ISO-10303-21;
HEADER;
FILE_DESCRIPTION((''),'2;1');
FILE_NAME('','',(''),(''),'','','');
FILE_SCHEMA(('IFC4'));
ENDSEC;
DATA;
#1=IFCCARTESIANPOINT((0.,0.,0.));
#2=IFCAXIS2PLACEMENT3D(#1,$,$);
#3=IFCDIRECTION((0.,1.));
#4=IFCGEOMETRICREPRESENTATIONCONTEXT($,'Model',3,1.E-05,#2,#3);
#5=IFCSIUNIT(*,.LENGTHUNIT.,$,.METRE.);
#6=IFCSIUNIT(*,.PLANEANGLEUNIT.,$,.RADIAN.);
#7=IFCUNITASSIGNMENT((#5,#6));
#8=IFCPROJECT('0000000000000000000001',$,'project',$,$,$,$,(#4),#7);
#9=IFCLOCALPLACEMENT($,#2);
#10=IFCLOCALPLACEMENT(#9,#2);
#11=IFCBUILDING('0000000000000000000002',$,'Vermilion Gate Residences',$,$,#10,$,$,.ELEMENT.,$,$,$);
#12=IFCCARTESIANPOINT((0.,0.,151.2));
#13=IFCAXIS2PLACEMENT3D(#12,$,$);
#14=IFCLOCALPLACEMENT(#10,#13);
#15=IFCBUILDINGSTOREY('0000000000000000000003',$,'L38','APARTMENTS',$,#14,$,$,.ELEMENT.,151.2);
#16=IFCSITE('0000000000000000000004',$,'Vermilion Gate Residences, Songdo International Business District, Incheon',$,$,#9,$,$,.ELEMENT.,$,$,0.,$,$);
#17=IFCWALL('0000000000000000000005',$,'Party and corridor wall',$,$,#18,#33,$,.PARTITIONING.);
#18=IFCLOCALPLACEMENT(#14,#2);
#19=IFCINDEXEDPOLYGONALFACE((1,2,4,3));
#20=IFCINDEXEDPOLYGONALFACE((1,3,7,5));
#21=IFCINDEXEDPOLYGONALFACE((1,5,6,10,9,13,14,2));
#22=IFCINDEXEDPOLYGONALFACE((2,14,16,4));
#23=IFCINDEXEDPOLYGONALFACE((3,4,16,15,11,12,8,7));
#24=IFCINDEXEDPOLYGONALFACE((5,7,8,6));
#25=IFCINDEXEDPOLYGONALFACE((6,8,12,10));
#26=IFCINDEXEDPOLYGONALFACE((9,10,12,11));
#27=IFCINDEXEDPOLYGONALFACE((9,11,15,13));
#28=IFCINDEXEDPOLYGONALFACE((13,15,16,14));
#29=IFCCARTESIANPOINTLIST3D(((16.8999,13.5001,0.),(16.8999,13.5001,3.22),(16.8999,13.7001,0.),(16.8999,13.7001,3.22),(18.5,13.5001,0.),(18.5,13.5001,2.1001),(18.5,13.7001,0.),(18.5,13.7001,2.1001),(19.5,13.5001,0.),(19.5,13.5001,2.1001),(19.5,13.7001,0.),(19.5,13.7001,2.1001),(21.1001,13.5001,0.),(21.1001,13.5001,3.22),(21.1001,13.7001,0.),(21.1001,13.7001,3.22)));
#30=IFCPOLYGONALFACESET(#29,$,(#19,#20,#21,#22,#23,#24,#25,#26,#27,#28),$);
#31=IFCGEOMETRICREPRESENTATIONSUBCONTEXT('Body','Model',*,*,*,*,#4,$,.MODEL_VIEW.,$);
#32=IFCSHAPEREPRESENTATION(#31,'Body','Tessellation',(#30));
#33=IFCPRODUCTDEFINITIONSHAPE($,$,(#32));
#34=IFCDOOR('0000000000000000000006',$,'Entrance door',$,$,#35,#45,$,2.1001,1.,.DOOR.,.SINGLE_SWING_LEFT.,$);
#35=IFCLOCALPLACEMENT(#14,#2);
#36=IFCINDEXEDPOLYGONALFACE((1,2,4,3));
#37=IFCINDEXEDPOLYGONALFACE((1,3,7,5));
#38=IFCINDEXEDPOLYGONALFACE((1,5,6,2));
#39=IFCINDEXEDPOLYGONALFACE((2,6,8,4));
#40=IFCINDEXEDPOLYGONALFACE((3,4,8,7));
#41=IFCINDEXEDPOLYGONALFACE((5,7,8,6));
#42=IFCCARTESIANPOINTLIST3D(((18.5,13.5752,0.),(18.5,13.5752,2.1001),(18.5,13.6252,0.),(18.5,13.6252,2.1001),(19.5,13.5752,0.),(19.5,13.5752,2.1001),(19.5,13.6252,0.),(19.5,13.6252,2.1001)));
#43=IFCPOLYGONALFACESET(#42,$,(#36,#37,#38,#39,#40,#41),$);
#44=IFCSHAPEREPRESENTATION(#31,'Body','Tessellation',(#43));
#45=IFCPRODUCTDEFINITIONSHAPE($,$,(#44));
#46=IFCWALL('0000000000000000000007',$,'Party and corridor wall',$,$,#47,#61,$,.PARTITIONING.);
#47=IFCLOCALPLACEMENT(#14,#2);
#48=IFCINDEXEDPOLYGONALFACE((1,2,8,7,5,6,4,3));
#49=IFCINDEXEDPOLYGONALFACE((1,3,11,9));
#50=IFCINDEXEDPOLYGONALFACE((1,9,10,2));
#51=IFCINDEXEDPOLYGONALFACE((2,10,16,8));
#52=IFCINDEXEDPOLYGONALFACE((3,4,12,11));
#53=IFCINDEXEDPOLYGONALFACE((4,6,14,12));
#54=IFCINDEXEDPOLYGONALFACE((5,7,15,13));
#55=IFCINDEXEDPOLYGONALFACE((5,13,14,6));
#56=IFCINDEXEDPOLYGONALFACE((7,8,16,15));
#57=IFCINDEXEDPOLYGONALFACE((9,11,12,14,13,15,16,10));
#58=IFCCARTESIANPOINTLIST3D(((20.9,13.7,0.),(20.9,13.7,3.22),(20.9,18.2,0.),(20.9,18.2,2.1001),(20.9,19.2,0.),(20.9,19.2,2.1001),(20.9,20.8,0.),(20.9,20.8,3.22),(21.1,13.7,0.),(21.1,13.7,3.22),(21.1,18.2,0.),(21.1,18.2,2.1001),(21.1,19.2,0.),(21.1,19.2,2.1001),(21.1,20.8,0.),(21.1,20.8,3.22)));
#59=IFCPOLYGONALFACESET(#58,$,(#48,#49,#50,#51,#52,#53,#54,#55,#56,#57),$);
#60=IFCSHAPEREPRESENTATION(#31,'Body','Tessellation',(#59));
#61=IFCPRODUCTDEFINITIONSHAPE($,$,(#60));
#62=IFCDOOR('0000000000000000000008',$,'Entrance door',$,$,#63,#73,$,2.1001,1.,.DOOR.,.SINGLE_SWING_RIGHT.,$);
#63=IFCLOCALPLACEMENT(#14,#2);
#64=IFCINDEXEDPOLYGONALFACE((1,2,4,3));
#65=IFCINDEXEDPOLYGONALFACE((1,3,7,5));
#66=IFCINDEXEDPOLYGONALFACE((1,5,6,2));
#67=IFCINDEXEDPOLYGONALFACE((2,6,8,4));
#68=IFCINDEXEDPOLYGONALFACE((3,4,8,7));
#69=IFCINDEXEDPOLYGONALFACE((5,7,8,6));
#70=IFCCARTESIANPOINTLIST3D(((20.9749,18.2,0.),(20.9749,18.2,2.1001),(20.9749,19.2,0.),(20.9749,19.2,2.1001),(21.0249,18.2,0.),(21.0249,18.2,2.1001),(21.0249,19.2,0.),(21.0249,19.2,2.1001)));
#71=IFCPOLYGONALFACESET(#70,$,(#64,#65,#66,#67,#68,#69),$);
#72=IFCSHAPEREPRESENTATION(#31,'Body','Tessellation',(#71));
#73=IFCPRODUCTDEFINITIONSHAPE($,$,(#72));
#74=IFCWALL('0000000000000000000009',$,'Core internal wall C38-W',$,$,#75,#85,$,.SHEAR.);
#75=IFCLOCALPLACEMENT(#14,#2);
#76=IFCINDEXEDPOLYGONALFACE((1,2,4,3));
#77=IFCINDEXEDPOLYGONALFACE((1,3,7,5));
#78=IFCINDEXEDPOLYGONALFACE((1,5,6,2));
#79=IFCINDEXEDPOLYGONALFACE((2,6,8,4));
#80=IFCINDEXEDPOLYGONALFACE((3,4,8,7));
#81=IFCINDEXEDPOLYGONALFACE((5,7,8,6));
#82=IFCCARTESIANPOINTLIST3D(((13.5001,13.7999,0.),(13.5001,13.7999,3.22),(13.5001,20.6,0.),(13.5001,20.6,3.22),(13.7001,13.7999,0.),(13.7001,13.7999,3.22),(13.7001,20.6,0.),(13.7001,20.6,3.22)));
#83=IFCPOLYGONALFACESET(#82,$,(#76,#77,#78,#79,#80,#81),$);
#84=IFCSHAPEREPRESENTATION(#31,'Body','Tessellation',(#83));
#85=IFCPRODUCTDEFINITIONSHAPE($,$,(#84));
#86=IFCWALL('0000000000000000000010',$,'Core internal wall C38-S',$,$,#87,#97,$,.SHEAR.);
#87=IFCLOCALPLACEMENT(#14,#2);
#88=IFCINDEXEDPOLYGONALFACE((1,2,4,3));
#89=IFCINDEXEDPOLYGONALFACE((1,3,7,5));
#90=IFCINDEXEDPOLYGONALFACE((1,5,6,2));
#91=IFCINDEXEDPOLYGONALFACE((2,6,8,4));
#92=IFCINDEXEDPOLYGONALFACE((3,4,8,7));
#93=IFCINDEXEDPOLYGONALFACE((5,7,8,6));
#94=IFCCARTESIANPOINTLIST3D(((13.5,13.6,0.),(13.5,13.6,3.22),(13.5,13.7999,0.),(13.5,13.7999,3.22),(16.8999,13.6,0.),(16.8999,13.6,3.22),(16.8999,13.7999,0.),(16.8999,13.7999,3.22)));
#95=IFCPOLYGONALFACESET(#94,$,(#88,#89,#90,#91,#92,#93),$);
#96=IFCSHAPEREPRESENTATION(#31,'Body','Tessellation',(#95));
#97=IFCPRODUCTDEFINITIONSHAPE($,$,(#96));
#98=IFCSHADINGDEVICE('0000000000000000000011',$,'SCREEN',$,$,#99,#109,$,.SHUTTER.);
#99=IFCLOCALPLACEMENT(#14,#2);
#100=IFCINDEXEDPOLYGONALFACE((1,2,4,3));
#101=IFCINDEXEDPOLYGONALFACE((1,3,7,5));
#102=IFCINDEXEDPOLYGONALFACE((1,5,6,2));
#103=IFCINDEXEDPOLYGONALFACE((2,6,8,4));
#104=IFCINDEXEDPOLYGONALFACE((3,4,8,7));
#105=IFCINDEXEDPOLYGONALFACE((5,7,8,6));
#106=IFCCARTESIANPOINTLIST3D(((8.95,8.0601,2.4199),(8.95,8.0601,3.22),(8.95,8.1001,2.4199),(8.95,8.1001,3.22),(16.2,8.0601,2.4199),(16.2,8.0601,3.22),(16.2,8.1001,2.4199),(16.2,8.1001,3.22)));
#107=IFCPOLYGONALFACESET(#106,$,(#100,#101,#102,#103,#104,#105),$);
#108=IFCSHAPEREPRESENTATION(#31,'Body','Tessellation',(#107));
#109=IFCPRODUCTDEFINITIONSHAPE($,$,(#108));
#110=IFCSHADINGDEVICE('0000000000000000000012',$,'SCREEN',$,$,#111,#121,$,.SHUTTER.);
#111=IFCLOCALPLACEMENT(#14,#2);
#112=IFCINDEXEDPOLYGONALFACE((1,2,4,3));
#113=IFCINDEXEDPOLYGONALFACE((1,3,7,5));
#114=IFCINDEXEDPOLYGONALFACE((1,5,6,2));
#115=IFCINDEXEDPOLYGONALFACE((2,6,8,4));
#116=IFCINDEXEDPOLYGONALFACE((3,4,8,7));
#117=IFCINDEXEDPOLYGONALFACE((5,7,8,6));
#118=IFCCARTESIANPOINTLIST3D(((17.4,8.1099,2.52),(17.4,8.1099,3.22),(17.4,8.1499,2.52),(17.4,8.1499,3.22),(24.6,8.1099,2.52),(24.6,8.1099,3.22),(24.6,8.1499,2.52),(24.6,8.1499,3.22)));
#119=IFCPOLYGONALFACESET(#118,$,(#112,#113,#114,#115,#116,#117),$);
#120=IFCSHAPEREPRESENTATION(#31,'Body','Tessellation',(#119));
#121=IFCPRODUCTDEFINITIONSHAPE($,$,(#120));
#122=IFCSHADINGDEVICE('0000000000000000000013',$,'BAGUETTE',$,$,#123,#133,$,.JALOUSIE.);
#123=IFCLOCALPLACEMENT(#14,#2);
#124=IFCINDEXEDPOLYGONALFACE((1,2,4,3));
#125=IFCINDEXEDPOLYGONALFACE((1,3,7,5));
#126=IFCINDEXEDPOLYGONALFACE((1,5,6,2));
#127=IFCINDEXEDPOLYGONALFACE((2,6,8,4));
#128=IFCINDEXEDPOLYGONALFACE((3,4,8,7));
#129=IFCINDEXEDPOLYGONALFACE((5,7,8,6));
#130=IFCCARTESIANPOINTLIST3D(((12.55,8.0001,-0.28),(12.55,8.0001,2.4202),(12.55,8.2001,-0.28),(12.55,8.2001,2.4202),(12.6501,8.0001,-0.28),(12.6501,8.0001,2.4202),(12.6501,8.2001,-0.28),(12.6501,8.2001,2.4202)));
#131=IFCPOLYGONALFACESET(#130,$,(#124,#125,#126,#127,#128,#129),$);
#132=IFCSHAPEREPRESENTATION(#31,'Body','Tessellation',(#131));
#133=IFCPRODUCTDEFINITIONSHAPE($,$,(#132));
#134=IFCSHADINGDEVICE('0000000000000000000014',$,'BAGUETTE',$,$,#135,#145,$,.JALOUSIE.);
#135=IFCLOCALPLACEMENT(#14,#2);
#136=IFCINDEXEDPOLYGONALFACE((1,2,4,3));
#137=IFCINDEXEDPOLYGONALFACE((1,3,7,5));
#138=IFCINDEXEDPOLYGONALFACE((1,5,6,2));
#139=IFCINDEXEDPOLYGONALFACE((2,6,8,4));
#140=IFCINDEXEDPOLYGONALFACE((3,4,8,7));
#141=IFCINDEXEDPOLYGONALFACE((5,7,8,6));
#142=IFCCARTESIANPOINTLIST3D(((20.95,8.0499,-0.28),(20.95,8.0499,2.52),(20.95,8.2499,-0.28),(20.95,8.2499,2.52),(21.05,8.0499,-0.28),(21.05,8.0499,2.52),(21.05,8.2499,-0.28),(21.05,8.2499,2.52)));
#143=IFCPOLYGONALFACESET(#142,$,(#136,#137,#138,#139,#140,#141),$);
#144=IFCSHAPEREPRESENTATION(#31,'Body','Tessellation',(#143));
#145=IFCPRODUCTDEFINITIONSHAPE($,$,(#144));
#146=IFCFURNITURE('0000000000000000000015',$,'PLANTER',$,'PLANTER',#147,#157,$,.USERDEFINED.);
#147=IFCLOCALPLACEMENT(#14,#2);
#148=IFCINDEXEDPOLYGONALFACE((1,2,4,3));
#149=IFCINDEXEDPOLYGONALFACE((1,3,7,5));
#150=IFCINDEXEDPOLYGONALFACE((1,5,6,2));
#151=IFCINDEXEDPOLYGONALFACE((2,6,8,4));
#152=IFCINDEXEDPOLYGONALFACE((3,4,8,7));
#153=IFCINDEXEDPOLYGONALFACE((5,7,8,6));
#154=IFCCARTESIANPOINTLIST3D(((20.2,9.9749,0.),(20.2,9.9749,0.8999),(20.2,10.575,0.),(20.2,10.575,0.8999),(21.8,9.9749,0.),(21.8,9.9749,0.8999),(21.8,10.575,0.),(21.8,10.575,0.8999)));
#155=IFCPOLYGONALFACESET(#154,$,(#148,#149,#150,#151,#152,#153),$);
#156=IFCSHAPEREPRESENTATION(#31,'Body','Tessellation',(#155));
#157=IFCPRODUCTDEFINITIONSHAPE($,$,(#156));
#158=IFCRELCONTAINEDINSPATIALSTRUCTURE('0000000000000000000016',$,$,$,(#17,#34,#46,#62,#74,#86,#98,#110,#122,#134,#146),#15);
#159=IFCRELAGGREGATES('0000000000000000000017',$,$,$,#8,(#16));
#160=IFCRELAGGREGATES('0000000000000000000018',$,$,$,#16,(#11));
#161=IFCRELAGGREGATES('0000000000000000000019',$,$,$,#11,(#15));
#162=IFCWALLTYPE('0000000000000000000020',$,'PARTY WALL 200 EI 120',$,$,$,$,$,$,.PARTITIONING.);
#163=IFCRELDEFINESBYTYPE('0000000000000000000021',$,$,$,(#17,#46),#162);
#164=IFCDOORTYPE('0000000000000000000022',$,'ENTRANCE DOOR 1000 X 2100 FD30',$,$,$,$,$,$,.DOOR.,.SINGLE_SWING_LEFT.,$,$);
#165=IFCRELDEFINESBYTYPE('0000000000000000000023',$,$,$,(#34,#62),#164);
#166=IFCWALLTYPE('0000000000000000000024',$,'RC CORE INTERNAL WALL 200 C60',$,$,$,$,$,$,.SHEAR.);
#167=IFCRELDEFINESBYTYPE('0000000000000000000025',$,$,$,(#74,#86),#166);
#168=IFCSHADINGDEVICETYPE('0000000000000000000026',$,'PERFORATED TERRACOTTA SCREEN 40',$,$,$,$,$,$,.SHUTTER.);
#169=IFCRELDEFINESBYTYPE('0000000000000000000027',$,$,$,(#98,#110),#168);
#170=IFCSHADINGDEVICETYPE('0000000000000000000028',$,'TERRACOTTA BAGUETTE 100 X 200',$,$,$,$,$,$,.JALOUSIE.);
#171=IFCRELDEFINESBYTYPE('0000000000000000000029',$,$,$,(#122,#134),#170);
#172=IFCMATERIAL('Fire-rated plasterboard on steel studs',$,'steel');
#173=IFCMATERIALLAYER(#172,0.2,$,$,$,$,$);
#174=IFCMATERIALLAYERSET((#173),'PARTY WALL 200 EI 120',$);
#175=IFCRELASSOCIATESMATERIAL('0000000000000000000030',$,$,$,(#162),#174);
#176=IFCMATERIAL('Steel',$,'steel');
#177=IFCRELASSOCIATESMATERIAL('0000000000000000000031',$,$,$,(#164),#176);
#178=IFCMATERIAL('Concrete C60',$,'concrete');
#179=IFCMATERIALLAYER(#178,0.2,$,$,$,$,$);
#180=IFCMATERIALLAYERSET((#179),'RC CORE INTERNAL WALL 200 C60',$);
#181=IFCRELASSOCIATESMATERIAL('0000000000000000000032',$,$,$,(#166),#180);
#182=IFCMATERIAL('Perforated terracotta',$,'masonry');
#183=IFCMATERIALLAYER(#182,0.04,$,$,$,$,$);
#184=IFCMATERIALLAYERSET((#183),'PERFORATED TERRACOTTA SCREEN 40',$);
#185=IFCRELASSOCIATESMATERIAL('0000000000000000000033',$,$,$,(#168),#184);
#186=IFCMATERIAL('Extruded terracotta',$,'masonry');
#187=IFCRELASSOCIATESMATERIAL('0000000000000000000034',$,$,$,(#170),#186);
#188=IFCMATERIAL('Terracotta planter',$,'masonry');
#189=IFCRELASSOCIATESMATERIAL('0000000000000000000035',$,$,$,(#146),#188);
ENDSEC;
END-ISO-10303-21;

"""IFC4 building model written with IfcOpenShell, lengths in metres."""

from ifc_helpers import new_model, si_unit, direction, frame, frame_2d, origin, origin_2d, place, context, subcontext, project, spatial, rectangle, extrude, material, layer, layer_set, material_profile, profile_set, type_object, element, fill, save


model = new_model("IFC4")

# Units and contexts
model_context = context("Model", 3, precision=1e-05, world=origin(), true_north=direction((0.0, 1.0)))
body_context = subcontext(model_context, "Body", "Model", "MODEL_VIEW")
ifc_project = project(units=[si_unit("LENGTHUNIT", "METRE"), si_unit("PLANEANGLEUNIT", "RADIAN")], contexts=[model_context])

# Site, building, storey
site_placement = place(None, origin())
site = spatial("IfcSite", under=ifc_project, at=site_placement, Name="Vermilion Gate Residences, Songdo International Business District, Incheon", CompositionType="ELEMENT", RefElevation=0.0)
building_placement = place(site_placement, origin())
building = spatial("IfcBuilding", under=site, at=building_placement, Name="Vermilion Gate Residences", CompositionType="ELEMENT")
storey_placement = place(building_placement, frame((0.0, 0.0, 151.2)))
storey = spatial("IfcBuildingStorey", under=building, at=storey_placement, Name="L38", Description="APARTMENTS", CompositionType="ELEMENT", Elevation=151.2)

# Walls, openings, doors
ifc_material_1 = material(Name="Fire-rated plasterboard on steel studs", Category="steel")
ifc_layer_1 = layer(ifc_material_1, 0.2)
ifc_layer_set_1 = layer_set([ifc_layer_1], Name="PARTY WALL 200 EI 120")
wall_type_1 = type_object("IfcWallType", Name="PARTY WALL 200 EI 120", PredefinedType="PARTITIONING", material=ifc_layer_set_1)
wall_1_placement = place(storey_placement, frame((16.8999, 13.6001, 0.0), z_axis=(0.0, 0.0, 1.0), x_axis=(1.0, 0.0, 0.0)))
wall_1 = element("IfcWall", 1, at=wall_1_placement, inside=storey, type_object=wall_type_1, Name="Party and corridor wall", PredefinedType="PARTITIONING", context=body_context, shape_type="SweptSolid", body=[
    extrude(rectangle(XDim=4.2002, YDim=0.2, at=frame_2d((2.1001, 0.0))), origin(), (0.0, 0.0, 1.0), 3.22),
])
opening_1_placement = place(wall_1_placement, frame((1.6001, 0.0, 0.0)))
opening_1 = element("IfcOpeningElement", 2, at=opening_1_placement, cuts=wall_1, PredefinedType="OPENING", context=body_context, shape_type="SweptSolid", body=[
    extrude(rectangle(XDim=1.0, YDim=2.1001, at=frame_2d((0.5, 1.05))), frame((0.0, 0.1099, 0.0), z_axis=(0.0, -1.0, 0.0), x_axis=(1.0, 0.0, 0.0)), (0.0, 0.0, 1.0), 0.22),
])
ifc_material_2 = material(Name="Steel", Category="steel")
door_type_1 = type_object("IfcDoorType", Name="ENTRANCE DOOR 1000 X 2100 FD30", OperationType="SINGLE_SWING_LEFT", PredefinedType="DOOR", material=ifc_material_2)
door_1_placement = place(opening_1_placement, frame((1.0, 0.0, 0.0), z_axis=(0.0, 0.0, 1.0), x_axis=(-1.0, 0.0, 0.0)))
door_1 = element("IfcDoor", 3, at=door_1_placement, inside=storey, type_object=door_type_1, Name="Entrance door", OperationType="SINGLE_SWING_LEFT", OverallHeight=2.1001, OverallWidth=1.0, PredefinedType="DOOR", context=body_context, shape_type="SweptSolid", body=[
    extrude(rectangle(XDim=1.0, YDim=2.1001, at=frame_2d((0.5, 1.05))), frame((0.0, 0.0249, 0.0), z_axis=(0.0, -1.0, 0.0), x_axis=(1.0, 0.0, 0.0)), (0.0, 0.0, 1.0), 0.05),
])
fill(opening_1, door_1)
wall_2_placement = place(storey_placement, frame((21.0, 13.7, 0.0), z_axis=(0.0, 0.0, 1.0), x_axis=(0.0, 1.0, 0.0)))
wall_2 = element("IfcWall", 4, at=wall_2_placement, inside=storey, type_object=wall_type_1, Name="Party and corridor wall", PredefinedType="PARTITIONING", context=body_context, shape_type="SweptSolid", body=[
    extrude(rectangle(XDim=7.1001, YDim=0.2, at=frame_2d((3.55, 0.0))), origin(), (0.0, 0.0, 1.0), 3.22),
])
opening_2_placement = place(wall_2_placement, frame((4.5, 0.0, 0.0)))
opening_2 = element("IfcOpeningElement", 5, at=opening_2_placement, cuts=wall_2, PredefinedType="OPENING", context=body_context, shape_type="SweptSolid", body=[
    extrude(rectangle(XDim=1.0, YDim=2.1001, at=frame_2d((0.5, 1.05))), frame((0.0, 0.1099, 0.0), z_axis=(0.0, -1.0, 0.0), x_axis=(1.0, 0.0, 0.0)), (0.0, 0.0, 1.0), 0.22),
])
door_2_placement = place(opening_2_placement, frame((1.0, 0.0, 0.0), z_axis=(0.0, 0.0, 1.0), x_axis=(-1.0, 0.0, 0.0)))
door_2 = element("IfcDoor", 6, at=door_2_placement, inside=storey, type_object=door_type_1, Name="Entrance door", OperationType="SINGLE_SWING_RIGHT", OverallHeight=2.1001, OverallWidth=1.0, PredefinedType="DOOR", context=body_context, shape_type="SweptSolid", body=[
    extrude(rectangle(XDim=1.0, YDim=2.1001, at=frame_2d((0.5, 1.05))), frame((0.0, 0.0249, 0.0), z_axis=(0.0, -1.0, 0.0), x_axis=(1.0, 0.0, 0.0)), (0.0, 0.0, 1.0), 0.05),
])
fill(opening_2, door_2)

# Walls
ifc_material_3 = material(Name="Concrete C60", Category="concrete")
ifc_layer_2 = layer(ifc_material_3, 0.2)
ifc_layer_set_2 = layer_set([ifc_layer_2], Name="RC CORE INTERNAL WALL 200 C60")
wall_type_2 = type_object("IfcWallType", Name="RC CORE INTERNAL WALL 200 C60", PredefinedType="SHEAR", material=ifc_layer_set_2)
wall_3_placement = place(storey_placement, frame((13.6001, 13.8, 0.0), z_axis=(0.0, 0.0, 1.0), x_axis=(0.0, 1.0, 0.0)))
element("IfcWall", 7, at=wall_3_placement, inside=storey, type_object=wall_type_2, Name="Core internal wall C38-W", PredefinedType="SHEAR", context=body_context, shape_type="SweptSolid", body=[
    extrude(rectangle(XDim=6.8, YDim=0.2, at=frame_2d((3.3999, 0.0))), origin(), (0.0, 0.0, 1.0), 3.22),
])
wall_4_placement = place(storey_placement, frame((13.5, 13.7, 0.0), z_axis=(0.0, 0.0, 1.0), x_axis=(1.0, 0.0, 0.0)))
element("IfcWall", 8, at=wall_4_placement, inside=storey, type_object=wall_type_2, Name="Core internal wall C38-S", PredefinedType="SHEAR", context=body_context, shape_type="SweptSolid", body=[
    extrude(rectangle(XDim=3.3999, YDim=0.2, at=frame_2d((1.7, 0.0))), origin(), (0.0, 0.0, 1.0), 3.22),
])

# Shading devices
ifc_material_4 = material(Name="Perforated terracotta", Category="masonry")
ifc_layer_3 = layer(ifc_material_4, 0.04)
ifc_layer_set_3 = layer_set([ifc_layer_3], Name="PERFORATED TERRACOTTA SCREEN 40")
shading_device_type_1 = type_object("IfcShadingDeviceType", Name="PERFORATED TERRACOTTA SCREEN 40", PredefinedType="SHUTTER", material=ifc_layer_set_3)
shading_device_1_placement = place(storey_placement, frame((12.575, 8.0801, 2.4199), z_axis=(0.0, 0.0, 1.0), x_axis=(1.0, 0.0, 0.0)))
element("IfcShadingDevice", 9, at=shading_device_1_placement, inside=storey, type_object=shading_device_type_1, Name="SCREEN", PredefinedType="SHUTTER", context=body_context, shape_type="SweptSolid", body=[
    extrude(rectangle(XDim=7.25, YDim=0.04, at=origin_2d()), origin(), (0.0, 0.0, 1.0), 0.8),
])
shading_device_2_placement = place(storey_placement, frame((21.0, 8.1299, 2.52), z_axis=(0.0, 0.0, 1.0), x_axis=(1.0, 0.0, 0.0)))
element("IfcShadingDevice", 10, at=shading_device_2_placement, inside=storey, type_object=shading_device_type_1, Name="SCREEN", PredefinedType="SHUTTER", context=body_context, shape_type="SweptSolid", body=[
    extrude(rectangle(XDim=7.2, YDim=0.04, at=origin_2d()), origin(), (0.0, 0.0, 1.0), 0.7),
])
ifc_material_5 = material(Name="Extruded terracotta", Category="masonry")
ifc_material_profile_1 = material_profile(ifc_material_5, rectangle(XDim=0.2, YDim=0.1001, at=origin_2d()), Name="BAGUETTE 100 X 200")
ifc_profile_set_1 = profile_set([ifc_material_profile_1], Name="Extruded terracotta")
shading_device_type_2 = type_object("IfcShadingDeviceType", Name="TERRACOTTA BAGUETTE 100 X 200", PredefinedType="JALOUSIE", material=ifc_profile_set_1)
shading_device_3_placement = place(storey_placement, frame((12.6001, 8.1001, -0.28), z_axis=(0.0, 0.0, 1.0), x_axis=(0.0, 1.0, 0.0)))
element("IfcShadingDevice", 11, at=shading_device_3_placement, inside=storey, type_object=shading_device_type_2, Name="BAGUETTE", PredefinedType="JALOUSIE", context=body_context, shape_type="SweptSolid", body=[
    extrude(rectangle(XDim=0.2, YDim=0.1001, at=origin_2d()), origin(), (0.0, 0.0, 1.0), 2.7002),
])
shading_device_4_placement = place(storey_placement, frame((21.0, 8.1499, -0.28), z_axis=(0.0, 0.0, 1.0), x_axis=(0.0, 1.0, 0.0)))
element("IfcShadingDevice", 12, at=shading_device_4_placement, inside=storey, type_object=shading_device_type_2, Name="BAGUETTE", PredefinedType="JALOUSIE", context=body_context, shape_type="SweptSolid", body=[
    extrude(rectangle(XDim=0.2, YDim=0.1001, at=origin_2d()), origin(), (0.0, 0.0, 1.0), 2.8),
])

# Furniture
ifc_material_6 = material(Name="Terracotta planter", Category="masonry")
furniture_placement = place(storey_placement, frame((21.0, 10.2749, 0.0), z_axis=(0.0, 0.0, 1.0), x_axis=(1.0, 0.0, 0.0)))
element("IfcFurniture", 13, at=furniture_placement, inside=storey, material=ifc_material_6, Name="PLANTER", ObjectType="PLANTER", PredefinedType="USERDEFINED", context=body_context, shape_type="SweptSolid", body=[
    extrude(rectangle(XDim=1.6001, YDim=0.6001, at=origin_2d()), origin(), (0.0, 0.0, 1.0), 0.8999),
])

save(model, "model.ifc")
